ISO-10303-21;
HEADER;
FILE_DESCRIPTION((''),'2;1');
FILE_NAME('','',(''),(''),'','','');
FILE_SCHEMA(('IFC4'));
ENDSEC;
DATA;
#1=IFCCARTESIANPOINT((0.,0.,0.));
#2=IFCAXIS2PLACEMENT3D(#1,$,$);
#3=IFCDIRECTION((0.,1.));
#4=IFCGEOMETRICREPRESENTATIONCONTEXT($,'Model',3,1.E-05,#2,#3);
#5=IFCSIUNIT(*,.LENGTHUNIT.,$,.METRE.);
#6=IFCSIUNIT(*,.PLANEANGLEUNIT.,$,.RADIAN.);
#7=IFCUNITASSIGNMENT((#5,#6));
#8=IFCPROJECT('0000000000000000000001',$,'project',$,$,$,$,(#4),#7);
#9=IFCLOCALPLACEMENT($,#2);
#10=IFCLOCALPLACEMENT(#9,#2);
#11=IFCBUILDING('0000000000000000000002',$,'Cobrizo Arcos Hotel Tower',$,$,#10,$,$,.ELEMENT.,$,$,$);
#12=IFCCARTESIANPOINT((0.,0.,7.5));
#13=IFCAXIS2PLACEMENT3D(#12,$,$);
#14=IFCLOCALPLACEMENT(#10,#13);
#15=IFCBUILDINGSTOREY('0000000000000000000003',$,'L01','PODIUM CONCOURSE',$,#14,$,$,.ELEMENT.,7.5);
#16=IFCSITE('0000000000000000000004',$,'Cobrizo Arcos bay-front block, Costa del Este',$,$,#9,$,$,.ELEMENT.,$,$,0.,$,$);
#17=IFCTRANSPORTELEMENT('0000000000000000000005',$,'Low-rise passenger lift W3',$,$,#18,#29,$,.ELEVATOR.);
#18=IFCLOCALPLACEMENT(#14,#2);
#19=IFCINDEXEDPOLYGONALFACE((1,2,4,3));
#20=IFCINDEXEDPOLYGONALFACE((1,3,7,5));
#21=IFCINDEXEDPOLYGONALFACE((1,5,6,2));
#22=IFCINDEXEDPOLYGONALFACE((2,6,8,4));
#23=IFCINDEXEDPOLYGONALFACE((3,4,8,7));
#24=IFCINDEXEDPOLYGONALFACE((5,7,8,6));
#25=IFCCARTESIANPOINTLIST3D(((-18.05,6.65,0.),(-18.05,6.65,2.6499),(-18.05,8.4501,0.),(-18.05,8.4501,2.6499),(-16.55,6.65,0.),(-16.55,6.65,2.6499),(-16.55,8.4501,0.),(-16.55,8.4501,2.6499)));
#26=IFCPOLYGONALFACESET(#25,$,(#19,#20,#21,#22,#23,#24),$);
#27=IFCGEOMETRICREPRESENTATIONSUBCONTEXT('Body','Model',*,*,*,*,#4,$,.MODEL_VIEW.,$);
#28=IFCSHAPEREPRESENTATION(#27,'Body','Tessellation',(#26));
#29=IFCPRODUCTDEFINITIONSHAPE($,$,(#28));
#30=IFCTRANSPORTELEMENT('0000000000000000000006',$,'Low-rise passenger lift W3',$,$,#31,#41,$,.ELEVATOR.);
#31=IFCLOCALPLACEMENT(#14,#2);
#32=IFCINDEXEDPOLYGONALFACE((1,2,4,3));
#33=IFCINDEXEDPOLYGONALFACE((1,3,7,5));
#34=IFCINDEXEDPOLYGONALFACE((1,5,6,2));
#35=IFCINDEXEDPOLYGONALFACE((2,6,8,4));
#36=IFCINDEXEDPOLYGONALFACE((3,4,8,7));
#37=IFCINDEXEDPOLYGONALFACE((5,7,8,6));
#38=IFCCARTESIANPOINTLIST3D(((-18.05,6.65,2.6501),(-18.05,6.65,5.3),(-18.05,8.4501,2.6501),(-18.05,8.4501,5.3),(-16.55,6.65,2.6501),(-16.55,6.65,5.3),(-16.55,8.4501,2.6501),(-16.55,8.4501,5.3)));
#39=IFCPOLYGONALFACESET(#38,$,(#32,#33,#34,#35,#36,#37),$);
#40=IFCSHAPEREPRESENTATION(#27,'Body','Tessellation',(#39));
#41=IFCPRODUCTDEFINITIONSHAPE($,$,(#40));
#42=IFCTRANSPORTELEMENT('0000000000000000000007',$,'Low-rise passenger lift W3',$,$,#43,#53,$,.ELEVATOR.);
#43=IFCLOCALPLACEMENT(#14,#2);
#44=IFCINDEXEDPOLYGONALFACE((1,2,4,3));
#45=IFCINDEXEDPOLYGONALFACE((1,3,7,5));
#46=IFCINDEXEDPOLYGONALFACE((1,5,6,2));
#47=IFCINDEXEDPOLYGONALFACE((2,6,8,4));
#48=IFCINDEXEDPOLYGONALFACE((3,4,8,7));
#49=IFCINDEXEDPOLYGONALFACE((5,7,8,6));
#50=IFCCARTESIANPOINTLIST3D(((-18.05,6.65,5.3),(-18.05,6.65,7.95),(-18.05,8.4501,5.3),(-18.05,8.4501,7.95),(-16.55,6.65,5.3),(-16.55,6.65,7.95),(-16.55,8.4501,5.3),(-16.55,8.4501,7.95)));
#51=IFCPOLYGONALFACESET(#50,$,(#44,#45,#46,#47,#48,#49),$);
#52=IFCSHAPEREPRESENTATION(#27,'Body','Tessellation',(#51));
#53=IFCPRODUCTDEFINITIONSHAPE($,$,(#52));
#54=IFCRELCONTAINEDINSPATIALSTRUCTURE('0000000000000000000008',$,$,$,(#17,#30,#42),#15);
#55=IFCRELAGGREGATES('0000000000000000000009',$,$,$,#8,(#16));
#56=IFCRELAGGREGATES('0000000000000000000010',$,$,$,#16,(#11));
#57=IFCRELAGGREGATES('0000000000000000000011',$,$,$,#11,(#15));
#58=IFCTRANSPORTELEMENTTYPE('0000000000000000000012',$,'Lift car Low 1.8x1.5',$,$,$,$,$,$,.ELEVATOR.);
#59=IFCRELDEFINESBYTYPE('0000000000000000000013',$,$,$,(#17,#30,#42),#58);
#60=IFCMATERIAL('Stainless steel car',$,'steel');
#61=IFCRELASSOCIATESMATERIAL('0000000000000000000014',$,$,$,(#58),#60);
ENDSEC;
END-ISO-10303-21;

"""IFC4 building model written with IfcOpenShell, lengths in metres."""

from ifc_helpers import new_model, si_unit, direction, frame, origin, origin_2d, place, context, subcontext, project, spatial, rectangle, extrude, material, type_object, element, save


model = new_model("IFC4")

# Units and contexts
model_context = context("Model", 3, precision=1e-05, world=origin(), true_north=direction((0.0, 1.0)))
body_context = subcontext(model_context, "Body", "Model", "MODEL_VIEW")
ifc_project = project(units=[si_unit("LENGTHUNIT", "METRE"), si_unit("PLANEANGLEUNIT", "RADIAN")], contexts=[model_context])

# Site, building, storey
site_placement = place(None, origin())
site = spatial("IfcSite", under=ifc_project, at=site_placement, Name="Cobrizo Arcos bay-front block, Costa del Este", CompositionType="ELEMENT", RefElevation=0.0)
building_placement = place(site_placement, origin())
building = spatial("IfcBuilding", under=site, at=building_placement, Name="Cobrizo Arcos Hotel Tower", CompositionType="ELEMENT")
storey_placement = place(building_placement, frame((0.0, 0.0, 7.5)))
storey = spatial("IfcBuildingStorey", under=building, at=storey_placement, Name="L01", Description="PODIUM CONCOURSE", CompositionType="ELEMENT", Elevation=7.5)

# Transport elements
ifc_material_1 = material(Name="Stainless steel car", Category="steel")
transport_element_type = type_object("IfcTransportElementType", Name="Lift car Low 1.8x1.5", PredefinedType="ELEVATOR", material=ifc_material_1)
for number, where, z_axis, x_axis, name in (
    (1, (-17.3, 7.55, 0.0), (0.0, 0.0, 1.0), (1.0, 0.0, 0.0), "Low-rise passenger lift W3"),
    (2, (-17.3, 7.55, 2.6501), (0.0, 0.0, 1.0), (1.0, 0.0, 0.0), "Low-rise passenger lift W3"),
    (3, (-17.3, 7.55, 5.3), (0.0, 0.0, 1.0), (1.0, 0.0, 0.0), "Low-rise passenger lift W3"),
):
    element("IfcTransportElement", number, at=place(storey_placement, frame(where, z_axis=z_axis, x_axis=x_axis)), inside=storey, type_object=transport_element_type, Name=name, PredefinedType="ELEVATOR", context=body_context, shape_type="SweptSolid", body=[
        extrude(rectangle(XDim=1.5, YDim=1.8, at=origin_2d()), origin(), (0.0, 0.0, 1.0), 2.6499),
    ])

save(model, "model.ifc")
